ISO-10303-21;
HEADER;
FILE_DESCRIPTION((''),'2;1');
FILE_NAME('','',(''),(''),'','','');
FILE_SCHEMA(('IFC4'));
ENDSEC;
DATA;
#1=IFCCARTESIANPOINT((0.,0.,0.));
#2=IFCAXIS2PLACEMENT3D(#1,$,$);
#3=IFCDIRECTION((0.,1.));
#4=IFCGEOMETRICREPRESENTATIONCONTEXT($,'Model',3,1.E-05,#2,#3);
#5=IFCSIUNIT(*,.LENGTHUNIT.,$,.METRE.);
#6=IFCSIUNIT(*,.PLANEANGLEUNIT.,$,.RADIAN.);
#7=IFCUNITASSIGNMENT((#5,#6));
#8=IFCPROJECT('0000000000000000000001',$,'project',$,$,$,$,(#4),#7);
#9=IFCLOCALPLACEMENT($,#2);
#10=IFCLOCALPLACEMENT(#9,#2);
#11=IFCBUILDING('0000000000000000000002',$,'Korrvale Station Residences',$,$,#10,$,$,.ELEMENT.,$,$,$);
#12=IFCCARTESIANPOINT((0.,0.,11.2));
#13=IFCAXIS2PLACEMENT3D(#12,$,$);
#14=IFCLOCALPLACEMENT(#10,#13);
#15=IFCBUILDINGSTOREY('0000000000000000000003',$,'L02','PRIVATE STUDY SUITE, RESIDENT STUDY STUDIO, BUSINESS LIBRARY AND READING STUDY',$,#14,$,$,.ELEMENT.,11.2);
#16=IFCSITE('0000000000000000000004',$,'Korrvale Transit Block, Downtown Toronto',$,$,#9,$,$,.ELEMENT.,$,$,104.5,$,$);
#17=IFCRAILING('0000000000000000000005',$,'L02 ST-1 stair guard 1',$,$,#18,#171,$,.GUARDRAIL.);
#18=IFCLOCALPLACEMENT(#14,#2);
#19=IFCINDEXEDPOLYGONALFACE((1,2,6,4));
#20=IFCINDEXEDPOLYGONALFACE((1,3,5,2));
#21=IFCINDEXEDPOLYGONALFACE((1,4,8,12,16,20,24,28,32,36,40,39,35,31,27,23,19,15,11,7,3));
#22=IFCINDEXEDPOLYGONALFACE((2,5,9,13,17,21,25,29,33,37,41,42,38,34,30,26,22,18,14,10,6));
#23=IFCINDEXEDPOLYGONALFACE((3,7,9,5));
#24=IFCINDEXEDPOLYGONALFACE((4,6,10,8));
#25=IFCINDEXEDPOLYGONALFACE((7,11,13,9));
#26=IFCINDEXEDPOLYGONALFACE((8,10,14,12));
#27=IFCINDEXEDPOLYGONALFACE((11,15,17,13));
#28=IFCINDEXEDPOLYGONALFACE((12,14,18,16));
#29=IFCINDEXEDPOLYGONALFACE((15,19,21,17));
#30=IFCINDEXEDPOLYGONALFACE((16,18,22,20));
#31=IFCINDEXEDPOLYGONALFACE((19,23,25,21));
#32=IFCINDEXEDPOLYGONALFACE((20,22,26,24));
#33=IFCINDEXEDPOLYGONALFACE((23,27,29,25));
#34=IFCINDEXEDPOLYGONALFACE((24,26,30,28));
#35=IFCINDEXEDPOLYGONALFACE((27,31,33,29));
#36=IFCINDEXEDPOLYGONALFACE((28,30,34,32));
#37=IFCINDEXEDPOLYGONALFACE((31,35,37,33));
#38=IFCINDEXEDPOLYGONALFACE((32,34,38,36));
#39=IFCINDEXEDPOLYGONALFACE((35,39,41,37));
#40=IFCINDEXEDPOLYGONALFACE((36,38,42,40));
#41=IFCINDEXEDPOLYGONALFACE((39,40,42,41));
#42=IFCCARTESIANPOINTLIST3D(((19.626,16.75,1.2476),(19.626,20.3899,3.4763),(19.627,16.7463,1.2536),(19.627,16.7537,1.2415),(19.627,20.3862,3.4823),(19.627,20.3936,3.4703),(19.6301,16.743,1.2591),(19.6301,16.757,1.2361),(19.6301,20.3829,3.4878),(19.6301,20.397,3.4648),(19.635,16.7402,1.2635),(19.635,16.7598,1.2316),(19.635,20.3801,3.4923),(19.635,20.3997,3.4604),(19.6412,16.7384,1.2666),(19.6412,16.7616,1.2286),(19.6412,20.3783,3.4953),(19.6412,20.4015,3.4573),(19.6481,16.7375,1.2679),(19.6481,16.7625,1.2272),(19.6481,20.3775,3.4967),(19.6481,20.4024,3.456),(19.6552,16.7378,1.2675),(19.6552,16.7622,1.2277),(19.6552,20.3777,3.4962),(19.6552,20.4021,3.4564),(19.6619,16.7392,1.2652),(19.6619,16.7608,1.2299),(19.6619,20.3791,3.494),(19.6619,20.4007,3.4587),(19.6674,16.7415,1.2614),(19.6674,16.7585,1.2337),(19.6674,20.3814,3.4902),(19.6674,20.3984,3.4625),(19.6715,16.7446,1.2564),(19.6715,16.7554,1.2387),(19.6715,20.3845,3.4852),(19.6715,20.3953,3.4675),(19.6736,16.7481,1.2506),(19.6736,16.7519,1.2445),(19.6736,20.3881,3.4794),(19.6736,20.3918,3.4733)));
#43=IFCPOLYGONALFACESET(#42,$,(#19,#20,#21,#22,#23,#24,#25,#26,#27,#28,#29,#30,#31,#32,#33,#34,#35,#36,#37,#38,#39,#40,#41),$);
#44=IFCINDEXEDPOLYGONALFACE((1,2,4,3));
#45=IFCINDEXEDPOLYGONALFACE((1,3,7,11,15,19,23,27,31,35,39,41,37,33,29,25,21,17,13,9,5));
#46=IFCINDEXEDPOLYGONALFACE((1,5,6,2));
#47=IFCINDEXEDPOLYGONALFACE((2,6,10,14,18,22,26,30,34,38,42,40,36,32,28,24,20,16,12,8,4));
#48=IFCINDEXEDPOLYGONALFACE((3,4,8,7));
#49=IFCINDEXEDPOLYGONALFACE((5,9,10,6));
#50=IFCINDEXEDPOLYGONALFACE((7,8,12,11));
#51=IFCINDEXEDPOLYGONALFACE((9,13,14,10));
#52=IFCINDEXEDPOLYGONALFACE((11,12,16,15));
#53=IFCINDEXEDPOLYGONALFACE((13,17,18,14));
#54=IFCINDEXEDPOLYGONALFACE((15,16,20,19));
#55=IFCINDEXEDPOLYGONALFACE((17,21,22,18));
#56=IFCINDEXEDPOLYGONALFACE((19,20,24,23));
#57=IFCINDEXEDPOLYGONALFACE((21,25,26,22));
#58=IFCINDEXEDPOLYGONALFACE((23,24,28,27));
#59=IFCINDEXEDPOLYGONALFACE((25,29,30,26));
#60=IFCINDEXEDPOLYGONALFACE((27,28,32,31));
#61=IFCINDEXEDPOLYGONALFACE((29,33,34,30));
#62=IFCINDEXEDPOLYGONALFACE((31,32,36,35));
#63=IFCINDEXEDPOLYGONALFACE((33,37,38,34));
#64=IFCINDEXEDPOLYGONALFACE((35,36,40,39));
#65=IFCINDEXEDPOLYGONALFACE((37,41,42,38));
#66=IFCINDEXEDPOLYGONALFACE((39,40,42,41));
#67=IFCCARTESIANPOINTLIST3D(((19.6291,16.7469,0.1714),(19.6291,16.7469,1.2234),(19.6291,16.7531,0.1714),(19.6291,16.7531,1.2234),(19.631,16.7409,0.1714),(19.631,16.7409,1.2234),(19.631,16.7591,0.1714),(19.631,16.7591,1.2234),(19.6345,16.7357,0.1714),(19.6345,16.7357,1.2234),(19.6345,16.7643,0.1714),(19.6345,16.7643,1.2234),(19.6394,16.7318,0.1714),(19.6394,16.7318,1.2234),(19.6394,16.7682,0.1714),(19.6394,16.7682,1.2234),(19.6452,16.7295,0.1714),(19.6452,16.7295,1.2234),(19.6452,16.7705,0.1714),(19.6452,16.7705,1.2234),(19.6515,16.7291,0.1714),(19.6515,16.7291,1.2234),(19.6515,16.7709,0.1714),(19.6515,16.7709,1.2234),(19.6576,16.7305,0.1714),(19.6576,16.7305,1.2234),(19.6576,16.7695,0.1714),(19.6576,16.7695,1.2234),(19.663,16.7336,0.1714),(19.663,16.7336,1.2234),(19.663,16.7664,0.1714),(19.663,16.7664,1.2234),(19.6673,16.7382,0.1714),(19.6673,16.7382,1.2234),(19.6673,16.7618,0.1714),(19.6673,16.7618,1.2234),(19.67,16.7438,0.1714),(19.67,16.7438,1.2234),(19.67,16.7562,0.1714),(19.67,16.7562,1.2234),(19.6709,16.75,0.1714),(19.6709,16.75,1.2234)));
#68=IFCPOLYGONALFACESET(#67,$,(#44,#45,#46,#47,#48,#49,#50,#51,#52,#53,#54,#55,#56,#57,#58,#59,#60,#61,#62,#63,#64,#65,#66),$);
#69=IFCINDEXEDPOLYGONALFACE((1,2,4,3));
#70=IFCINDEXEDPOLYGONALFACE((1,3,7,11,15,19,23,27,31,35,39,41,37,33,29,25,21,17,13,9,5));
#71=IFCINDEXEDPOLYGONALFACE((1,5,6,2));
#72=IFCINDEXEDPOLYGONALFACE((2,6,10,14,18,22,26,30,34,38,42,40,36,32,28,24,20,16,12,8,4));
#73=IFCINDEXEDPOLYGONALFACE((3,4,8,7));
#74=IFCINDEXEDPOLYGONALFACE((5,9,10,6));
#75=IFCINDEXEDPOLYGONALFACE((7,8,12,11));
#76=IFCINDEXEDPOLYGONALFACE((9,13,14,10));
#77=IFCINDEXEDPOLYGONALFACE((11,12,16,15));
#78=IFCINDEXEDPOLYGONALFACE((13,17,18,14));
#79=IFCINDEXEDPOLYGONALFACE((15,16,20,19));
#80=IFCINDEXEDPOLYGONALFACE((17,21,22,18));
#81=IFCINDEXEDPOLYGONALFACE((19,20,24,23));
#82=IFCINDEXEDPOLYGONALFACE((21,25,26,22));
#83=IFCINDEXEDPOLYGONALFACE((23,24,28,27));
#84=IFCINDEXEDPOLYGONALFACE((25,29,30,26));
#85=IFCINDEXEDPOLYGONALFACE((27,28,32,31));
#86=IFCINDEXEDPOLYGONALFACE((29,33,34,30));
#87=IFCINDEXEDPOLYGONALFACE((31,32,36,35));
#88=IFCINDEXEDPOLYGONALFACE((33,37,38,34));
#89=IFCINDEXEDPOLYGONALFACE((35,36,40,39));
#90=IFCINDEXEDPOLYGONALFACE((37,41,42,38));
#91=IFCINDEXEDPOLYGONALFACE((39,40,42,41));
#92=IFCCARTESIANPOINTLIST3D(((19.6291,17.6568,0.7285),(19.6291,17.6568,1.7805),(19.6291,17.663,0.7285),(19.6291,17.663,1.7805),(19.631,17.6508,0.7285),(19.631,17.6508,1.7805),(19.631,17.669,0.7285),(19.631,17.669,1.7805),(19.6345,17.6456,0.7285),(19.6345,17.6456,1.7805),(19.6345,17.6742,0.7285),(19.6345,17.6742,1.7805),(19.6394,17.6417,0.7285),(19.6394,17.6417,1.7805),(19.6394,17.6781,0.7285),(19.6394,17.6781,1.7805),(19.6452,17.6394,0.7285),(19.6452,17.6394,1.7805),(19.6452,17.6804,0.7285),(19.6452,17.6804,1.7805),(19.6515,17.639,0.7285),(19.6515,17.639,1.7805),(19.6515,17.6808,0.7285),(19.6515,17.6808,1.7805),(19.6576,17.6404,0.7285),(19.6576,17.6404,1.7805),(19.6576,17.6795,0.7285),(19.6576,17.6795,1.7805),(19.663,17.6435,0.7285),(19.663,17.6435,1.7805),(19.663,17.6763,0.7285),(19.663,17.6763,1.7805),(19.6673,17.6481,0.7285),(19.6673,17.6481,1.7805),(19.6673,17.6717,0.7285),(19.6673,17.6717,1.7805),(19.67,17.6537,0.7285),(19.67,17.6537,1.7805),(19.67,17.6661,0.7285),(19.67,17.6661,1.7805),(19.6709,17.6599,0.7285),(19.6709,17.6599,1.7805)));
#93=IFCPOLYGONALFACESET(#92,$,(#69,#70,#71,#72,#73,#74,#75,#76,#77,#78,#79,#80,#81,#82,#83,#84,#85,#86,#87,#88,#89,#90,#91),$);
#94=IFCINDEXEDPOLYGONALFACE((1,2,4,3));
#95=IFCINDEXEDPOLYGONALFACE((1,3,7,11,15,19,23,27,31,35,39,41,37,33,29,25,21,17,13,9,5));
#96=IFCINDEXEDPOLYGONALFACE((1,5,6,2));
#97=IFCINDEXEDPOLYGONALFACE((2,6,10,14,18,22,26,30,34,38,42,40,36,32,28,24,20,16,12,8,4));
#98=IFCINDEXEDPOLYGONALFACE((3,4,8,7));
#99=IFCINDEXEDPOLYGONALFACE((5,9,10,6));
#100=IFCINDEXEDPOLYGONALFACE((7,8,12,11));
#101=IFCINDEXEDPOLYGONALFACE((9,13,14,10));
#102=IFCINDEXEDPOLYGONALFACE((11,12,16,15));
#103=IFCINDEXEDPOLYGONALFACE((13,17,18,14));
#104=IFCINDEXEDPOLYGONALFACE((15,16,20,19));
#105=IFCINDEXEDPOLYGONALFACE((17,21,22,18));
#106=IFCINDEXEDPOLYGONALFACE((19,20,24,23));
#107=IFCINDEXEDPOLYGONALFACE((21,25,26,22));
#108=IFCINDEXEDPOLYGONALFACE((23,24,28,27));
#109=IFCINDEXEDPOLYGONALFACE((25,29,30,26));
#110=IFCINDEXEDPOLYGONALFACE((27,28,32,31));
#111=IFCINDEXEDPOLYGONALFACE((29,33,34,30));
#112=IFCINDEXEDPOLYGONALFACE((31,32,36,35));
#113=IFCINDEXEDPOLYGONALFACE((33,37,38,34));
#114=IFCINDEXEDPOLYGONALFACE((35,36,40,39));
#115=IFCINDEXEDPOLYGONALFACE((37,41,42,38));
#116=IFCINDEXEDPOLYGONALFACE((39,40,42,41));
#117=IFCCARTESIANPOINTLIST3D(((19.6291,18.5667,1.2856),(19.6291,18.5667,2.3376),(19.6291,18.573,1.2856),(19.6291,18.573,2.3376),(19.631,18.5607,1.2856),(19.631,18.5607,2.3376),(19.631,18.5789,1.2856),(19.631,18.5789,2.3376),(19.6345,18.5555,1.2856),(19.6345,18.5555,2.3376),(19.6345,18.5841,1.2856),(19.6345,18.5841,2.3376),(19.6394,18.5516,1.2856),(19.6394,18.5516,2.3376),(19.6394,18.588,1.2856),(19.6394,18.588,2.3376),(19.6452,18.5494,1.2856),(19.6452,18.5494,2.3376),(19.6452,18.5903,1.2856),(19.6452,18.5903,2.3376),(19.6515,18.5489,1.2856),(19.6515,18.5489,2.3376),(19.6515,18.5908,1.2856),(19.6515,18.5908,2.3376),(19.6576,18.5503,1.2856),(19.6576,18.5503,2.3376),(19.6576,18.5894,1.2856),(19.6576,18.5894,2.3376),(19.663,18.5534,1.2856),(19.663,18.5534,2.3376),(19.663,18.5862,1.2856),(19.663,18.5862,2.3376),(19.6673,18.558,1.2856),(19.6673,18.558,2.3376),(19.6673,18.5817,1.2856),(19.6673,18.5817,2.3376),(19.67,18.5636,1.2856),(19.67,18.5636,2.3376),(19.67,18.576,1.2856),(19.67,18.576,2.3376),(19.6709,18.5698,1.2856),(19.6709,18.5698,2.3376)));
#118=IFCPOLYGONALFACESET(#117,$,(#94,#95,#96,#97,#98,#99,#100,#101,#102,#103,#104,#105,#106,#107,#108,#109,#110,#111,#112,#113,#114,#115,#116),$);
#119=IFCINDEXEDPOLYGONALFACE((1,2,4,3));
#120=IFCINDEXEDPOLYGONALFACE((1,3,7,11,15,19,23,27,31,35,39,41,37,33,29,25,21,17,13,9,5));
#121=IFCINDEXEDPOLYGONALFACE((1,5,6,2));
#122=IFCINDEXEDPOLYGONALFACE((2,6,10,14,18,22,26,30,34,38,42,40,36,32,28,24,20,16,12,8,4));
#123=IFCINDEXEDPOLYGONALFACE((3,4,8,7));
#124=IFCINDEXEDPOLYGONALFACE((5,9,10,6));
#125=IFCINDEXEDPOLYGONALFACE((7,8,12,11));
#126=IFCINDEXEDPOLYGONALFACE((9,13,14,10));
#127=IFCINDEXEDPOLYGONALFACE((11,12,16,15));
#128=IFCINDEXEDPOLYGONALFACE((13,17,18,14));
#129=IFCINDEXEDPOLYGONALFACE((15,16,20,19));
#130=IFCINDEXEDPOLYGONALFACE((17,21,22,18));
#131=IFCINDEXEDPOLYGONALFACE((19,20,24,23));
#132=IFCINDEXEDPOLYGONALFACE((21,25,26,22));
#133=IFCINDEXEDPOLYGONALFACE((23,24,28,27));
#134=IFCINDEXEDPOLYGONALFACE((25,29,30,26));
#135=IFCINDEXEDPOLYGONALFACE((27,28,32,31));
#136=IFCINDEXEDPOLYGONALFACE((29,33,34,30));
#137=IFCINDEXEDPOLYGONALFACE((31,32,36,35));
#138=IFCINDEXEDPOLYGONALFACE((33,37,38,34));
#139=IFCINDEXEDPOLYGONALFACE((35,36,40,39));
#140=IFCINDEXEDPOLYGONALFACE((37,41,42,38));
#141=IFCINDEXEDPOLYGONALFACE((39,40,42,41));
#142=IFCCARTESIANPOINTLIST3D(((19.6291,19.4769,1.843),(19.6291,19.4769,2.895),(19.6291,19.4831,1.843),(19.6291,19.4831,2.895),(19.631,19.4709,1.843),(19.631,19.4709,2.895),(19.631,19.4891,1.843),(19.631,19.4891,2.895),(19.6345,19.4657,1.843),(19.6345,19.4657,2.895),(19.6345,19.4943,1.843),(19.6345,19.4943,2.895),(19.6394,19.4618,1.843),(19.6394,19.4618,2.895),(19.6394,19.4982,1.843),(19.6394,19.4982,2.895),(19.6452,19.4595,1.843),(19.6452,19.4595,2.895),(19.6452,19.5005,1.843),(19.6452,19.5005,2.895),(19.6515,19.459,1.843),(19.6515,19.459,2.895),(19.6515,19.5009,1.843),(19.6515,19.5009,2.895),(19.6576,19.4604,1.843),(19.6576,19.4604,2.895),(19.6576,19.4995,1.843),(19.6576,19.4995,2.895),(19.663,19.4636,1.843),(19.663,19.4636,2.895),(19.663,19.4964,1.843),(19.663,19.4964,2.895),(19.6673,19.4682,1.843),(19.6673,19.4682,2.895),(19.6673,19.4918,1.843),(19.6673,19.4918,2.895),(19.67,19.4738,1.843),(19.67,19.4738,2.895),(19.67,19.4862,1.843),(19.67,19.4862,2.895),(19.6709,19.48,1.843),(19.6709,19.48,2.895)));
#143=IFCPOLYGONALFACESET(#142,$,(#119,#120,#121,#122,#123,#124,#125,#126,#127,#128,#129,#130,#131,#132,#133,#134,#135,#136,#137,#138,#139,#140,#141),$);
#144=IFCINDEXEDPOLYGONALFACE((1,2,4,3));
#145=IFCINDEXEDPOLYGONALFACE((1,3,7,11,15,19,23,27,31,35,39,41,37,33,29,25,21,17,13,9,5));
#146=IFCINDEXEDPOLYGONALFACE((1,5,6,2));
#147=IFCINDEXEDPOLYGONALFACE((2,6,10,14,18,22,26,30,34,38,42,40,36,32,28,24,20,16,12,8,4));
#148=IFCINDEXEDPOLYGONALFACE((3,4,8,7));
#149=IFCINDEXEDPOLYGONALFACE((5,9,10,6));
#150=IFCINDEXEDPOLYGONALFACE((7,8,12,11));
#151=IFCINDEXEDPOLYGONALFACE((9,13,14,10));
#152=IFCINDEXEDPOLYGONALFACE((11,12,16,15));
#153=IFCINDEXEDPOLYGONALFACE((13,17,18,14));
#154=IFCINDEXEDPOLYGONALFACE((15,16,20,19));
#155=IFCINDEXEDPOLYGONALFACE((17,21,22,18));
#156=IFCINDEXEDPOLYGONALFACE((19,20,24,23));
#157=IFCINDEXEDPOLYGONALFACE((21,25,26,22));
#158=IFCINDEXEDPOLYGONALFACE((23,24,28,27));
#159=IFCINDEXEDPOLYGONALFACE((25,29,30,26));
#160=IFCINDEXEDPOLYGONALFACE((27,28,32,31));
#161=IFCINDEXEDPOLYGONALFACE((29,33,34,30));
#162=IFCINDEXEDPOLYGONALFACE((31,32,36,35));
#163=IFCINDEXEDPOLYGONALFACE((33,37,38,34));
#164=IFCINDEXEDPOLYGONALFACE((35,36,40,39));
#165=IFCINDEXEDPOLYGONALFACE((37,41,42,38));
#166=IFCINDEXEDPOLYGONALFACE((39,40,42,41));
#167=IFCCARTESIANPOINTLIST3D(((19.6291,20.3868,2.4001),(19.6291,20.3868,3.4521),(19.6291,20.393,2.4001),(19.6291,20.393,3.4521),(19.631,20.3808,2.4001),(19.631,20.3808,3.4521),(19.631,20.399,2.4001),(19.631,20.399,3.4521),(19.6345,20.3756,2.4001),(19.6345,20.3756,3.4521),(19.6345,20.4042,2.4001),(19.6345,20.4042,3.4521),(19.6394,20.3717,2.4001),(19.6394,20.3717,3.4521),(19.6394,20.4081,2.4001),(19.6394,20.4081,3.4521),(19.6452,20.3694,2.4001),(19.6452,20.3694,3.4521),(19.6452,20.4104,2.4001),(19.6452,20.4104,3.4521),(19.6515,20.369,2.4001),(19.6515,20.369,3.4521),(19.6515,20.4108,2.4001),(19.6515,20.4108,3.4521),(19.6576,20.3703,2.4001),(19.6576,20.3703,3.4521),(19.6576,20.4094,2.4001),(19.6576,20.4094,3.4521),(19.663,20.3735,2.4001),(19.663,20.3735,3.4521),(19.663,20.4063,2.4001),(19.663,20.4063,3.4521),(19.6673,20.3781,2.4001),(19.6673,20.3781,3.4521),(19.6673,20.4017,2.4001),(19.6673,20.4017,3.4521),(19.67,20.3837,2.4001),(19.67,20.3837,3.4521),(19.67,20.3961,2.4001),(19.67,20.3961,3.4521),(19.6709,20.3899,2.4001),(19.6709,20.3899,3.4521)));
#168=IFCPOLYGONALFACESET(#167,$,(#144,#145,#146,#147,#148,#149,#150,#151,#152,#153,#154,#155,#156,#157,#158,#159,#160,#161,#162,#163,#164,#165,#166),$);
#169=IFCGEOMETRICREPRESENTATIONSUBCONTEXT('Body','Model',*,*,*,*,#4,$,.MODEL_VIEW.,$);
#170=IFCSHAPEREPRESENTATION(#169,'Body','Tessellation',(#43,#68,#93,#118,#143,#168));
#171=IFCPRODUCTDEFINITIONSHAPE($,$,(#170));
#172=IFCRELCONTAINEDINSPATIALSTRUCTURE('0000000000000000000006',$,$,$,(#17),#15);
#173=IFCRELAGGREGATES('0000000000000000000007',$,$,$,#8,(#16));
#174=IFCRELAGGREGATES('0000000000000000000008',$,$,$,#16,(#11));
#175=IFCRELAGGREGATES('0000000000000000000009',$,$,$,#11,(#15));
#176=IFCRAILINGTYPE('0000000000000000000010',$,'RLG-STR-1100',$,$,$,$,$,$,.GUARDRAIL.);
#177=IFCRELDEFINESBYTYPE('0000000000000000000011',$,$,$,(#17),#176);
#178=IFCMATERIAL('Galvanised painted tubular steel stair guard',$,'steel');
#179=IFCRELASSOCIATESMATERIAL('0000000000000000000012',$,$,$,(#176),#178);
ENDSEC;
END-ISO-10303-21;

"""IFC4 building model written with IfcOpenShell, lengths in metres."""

from ifc_helpers import new_model, si_unit, direction, frame, origin, origin_2d, place, context, subcontext, project, spatial, circle, extrude, material, type_object, element, save


model = new_model("IFC4")

# Units and contexts
model_context = context("Model", 3, precision=1e-05, world=origin(), true_north=direction((0.0, 1.0)))
body_context = subcontext(model_context, "Body", "Model", "MODEL_VIEW")
ifc_project = project(units=[si_unit("LENGTHUNIT", "METRE"), si_unit("PLANEANGLEUNIT", "RADIAN")], contexts=[model_context])

# Site, building, storey
site_placement = place(None, origin())
site = spatial("IfcSite", under=ifc_project, at=site_placement, Name="Korrvale Transit Block, Downtown Toronto", CompositionType="ELEMENT", RefElevation=104.5)
building_placement = place(site_placement, origin())
building = spatial("IfcBuilding", under=site, at=building_placement, Name="Korrvale Station Residences", CompositionType="ELEMENT")
storey_placement = place(building_placement, frame((0.0, 0.0, 11.2)))
storey = spatial("IfcBuildingStorey", under=building, at=storey_placement, Name="L02", Description="PRIVATE STUDY SUITE, RESIDENT STUDY STUDIO, BUSINESS LIBRARY AND READING STUDY", CompositionType="ELEMENT", Elevation=11.2)

# Railing
ifc_material_1 = material(Name="Galvanised painted tubular steel stair guard", Category="steel")
railing_type_1 = type_object("IfcRailingType", Name="RLG-STR-1100", PredefinedType="GUARDRAIL", material=ifc_material_1)
railing_1_placement = place(storey_placement, frame((19.6499, 16.75, 0.1714)))
element("IfcRailing", 1, at=railing_1_placement, inside=storey, type_object=railing_type_1, Name="L02 ST-1 stair guard 1", PredefinedType="GUARDRAIL", context=body_context, shape_type="SweptSolid", body=[
    extrude(circle(Radius=0.0239, at=origin_2d()), frame((0.0, 0.0, 1.0762), z_axis=(0.0, 0.852825, 0.522197), x_axis=(-1.0, 0.0, 0.0)), (0.0, 0.0, 1.0), 4.2681),
    extrude(circle(Radius=0.021, at=origin_2d()), origin(), (0.0, 0.0, 1.0), 1.052),
    extrude(circle(Radius=0.021, at=origin_2d()), frame((0.0, 0.9099, 0.5571)), (0.0, 0.0, 1.0), 1.052),
    extrude(circle(Radius=0.021, at=origin_2d()), frame((0.0, 1.8198, 1.1143)), (0.0, 0.0, 1.0), 1.052),
    extrude(circle(Radius=0.021, at=origin_2d()), frame((0.0, 2.73, 1.6716)), (0.0, 0.0, 1.0), 1.052),
    extrude(circle(Radius=0.021, at=origin_2d()), frame((0.0, 3.6399, 2.2288)), (0.0, 0.0, 1.0), 1.052),
])

save(model, "model.ifc")
